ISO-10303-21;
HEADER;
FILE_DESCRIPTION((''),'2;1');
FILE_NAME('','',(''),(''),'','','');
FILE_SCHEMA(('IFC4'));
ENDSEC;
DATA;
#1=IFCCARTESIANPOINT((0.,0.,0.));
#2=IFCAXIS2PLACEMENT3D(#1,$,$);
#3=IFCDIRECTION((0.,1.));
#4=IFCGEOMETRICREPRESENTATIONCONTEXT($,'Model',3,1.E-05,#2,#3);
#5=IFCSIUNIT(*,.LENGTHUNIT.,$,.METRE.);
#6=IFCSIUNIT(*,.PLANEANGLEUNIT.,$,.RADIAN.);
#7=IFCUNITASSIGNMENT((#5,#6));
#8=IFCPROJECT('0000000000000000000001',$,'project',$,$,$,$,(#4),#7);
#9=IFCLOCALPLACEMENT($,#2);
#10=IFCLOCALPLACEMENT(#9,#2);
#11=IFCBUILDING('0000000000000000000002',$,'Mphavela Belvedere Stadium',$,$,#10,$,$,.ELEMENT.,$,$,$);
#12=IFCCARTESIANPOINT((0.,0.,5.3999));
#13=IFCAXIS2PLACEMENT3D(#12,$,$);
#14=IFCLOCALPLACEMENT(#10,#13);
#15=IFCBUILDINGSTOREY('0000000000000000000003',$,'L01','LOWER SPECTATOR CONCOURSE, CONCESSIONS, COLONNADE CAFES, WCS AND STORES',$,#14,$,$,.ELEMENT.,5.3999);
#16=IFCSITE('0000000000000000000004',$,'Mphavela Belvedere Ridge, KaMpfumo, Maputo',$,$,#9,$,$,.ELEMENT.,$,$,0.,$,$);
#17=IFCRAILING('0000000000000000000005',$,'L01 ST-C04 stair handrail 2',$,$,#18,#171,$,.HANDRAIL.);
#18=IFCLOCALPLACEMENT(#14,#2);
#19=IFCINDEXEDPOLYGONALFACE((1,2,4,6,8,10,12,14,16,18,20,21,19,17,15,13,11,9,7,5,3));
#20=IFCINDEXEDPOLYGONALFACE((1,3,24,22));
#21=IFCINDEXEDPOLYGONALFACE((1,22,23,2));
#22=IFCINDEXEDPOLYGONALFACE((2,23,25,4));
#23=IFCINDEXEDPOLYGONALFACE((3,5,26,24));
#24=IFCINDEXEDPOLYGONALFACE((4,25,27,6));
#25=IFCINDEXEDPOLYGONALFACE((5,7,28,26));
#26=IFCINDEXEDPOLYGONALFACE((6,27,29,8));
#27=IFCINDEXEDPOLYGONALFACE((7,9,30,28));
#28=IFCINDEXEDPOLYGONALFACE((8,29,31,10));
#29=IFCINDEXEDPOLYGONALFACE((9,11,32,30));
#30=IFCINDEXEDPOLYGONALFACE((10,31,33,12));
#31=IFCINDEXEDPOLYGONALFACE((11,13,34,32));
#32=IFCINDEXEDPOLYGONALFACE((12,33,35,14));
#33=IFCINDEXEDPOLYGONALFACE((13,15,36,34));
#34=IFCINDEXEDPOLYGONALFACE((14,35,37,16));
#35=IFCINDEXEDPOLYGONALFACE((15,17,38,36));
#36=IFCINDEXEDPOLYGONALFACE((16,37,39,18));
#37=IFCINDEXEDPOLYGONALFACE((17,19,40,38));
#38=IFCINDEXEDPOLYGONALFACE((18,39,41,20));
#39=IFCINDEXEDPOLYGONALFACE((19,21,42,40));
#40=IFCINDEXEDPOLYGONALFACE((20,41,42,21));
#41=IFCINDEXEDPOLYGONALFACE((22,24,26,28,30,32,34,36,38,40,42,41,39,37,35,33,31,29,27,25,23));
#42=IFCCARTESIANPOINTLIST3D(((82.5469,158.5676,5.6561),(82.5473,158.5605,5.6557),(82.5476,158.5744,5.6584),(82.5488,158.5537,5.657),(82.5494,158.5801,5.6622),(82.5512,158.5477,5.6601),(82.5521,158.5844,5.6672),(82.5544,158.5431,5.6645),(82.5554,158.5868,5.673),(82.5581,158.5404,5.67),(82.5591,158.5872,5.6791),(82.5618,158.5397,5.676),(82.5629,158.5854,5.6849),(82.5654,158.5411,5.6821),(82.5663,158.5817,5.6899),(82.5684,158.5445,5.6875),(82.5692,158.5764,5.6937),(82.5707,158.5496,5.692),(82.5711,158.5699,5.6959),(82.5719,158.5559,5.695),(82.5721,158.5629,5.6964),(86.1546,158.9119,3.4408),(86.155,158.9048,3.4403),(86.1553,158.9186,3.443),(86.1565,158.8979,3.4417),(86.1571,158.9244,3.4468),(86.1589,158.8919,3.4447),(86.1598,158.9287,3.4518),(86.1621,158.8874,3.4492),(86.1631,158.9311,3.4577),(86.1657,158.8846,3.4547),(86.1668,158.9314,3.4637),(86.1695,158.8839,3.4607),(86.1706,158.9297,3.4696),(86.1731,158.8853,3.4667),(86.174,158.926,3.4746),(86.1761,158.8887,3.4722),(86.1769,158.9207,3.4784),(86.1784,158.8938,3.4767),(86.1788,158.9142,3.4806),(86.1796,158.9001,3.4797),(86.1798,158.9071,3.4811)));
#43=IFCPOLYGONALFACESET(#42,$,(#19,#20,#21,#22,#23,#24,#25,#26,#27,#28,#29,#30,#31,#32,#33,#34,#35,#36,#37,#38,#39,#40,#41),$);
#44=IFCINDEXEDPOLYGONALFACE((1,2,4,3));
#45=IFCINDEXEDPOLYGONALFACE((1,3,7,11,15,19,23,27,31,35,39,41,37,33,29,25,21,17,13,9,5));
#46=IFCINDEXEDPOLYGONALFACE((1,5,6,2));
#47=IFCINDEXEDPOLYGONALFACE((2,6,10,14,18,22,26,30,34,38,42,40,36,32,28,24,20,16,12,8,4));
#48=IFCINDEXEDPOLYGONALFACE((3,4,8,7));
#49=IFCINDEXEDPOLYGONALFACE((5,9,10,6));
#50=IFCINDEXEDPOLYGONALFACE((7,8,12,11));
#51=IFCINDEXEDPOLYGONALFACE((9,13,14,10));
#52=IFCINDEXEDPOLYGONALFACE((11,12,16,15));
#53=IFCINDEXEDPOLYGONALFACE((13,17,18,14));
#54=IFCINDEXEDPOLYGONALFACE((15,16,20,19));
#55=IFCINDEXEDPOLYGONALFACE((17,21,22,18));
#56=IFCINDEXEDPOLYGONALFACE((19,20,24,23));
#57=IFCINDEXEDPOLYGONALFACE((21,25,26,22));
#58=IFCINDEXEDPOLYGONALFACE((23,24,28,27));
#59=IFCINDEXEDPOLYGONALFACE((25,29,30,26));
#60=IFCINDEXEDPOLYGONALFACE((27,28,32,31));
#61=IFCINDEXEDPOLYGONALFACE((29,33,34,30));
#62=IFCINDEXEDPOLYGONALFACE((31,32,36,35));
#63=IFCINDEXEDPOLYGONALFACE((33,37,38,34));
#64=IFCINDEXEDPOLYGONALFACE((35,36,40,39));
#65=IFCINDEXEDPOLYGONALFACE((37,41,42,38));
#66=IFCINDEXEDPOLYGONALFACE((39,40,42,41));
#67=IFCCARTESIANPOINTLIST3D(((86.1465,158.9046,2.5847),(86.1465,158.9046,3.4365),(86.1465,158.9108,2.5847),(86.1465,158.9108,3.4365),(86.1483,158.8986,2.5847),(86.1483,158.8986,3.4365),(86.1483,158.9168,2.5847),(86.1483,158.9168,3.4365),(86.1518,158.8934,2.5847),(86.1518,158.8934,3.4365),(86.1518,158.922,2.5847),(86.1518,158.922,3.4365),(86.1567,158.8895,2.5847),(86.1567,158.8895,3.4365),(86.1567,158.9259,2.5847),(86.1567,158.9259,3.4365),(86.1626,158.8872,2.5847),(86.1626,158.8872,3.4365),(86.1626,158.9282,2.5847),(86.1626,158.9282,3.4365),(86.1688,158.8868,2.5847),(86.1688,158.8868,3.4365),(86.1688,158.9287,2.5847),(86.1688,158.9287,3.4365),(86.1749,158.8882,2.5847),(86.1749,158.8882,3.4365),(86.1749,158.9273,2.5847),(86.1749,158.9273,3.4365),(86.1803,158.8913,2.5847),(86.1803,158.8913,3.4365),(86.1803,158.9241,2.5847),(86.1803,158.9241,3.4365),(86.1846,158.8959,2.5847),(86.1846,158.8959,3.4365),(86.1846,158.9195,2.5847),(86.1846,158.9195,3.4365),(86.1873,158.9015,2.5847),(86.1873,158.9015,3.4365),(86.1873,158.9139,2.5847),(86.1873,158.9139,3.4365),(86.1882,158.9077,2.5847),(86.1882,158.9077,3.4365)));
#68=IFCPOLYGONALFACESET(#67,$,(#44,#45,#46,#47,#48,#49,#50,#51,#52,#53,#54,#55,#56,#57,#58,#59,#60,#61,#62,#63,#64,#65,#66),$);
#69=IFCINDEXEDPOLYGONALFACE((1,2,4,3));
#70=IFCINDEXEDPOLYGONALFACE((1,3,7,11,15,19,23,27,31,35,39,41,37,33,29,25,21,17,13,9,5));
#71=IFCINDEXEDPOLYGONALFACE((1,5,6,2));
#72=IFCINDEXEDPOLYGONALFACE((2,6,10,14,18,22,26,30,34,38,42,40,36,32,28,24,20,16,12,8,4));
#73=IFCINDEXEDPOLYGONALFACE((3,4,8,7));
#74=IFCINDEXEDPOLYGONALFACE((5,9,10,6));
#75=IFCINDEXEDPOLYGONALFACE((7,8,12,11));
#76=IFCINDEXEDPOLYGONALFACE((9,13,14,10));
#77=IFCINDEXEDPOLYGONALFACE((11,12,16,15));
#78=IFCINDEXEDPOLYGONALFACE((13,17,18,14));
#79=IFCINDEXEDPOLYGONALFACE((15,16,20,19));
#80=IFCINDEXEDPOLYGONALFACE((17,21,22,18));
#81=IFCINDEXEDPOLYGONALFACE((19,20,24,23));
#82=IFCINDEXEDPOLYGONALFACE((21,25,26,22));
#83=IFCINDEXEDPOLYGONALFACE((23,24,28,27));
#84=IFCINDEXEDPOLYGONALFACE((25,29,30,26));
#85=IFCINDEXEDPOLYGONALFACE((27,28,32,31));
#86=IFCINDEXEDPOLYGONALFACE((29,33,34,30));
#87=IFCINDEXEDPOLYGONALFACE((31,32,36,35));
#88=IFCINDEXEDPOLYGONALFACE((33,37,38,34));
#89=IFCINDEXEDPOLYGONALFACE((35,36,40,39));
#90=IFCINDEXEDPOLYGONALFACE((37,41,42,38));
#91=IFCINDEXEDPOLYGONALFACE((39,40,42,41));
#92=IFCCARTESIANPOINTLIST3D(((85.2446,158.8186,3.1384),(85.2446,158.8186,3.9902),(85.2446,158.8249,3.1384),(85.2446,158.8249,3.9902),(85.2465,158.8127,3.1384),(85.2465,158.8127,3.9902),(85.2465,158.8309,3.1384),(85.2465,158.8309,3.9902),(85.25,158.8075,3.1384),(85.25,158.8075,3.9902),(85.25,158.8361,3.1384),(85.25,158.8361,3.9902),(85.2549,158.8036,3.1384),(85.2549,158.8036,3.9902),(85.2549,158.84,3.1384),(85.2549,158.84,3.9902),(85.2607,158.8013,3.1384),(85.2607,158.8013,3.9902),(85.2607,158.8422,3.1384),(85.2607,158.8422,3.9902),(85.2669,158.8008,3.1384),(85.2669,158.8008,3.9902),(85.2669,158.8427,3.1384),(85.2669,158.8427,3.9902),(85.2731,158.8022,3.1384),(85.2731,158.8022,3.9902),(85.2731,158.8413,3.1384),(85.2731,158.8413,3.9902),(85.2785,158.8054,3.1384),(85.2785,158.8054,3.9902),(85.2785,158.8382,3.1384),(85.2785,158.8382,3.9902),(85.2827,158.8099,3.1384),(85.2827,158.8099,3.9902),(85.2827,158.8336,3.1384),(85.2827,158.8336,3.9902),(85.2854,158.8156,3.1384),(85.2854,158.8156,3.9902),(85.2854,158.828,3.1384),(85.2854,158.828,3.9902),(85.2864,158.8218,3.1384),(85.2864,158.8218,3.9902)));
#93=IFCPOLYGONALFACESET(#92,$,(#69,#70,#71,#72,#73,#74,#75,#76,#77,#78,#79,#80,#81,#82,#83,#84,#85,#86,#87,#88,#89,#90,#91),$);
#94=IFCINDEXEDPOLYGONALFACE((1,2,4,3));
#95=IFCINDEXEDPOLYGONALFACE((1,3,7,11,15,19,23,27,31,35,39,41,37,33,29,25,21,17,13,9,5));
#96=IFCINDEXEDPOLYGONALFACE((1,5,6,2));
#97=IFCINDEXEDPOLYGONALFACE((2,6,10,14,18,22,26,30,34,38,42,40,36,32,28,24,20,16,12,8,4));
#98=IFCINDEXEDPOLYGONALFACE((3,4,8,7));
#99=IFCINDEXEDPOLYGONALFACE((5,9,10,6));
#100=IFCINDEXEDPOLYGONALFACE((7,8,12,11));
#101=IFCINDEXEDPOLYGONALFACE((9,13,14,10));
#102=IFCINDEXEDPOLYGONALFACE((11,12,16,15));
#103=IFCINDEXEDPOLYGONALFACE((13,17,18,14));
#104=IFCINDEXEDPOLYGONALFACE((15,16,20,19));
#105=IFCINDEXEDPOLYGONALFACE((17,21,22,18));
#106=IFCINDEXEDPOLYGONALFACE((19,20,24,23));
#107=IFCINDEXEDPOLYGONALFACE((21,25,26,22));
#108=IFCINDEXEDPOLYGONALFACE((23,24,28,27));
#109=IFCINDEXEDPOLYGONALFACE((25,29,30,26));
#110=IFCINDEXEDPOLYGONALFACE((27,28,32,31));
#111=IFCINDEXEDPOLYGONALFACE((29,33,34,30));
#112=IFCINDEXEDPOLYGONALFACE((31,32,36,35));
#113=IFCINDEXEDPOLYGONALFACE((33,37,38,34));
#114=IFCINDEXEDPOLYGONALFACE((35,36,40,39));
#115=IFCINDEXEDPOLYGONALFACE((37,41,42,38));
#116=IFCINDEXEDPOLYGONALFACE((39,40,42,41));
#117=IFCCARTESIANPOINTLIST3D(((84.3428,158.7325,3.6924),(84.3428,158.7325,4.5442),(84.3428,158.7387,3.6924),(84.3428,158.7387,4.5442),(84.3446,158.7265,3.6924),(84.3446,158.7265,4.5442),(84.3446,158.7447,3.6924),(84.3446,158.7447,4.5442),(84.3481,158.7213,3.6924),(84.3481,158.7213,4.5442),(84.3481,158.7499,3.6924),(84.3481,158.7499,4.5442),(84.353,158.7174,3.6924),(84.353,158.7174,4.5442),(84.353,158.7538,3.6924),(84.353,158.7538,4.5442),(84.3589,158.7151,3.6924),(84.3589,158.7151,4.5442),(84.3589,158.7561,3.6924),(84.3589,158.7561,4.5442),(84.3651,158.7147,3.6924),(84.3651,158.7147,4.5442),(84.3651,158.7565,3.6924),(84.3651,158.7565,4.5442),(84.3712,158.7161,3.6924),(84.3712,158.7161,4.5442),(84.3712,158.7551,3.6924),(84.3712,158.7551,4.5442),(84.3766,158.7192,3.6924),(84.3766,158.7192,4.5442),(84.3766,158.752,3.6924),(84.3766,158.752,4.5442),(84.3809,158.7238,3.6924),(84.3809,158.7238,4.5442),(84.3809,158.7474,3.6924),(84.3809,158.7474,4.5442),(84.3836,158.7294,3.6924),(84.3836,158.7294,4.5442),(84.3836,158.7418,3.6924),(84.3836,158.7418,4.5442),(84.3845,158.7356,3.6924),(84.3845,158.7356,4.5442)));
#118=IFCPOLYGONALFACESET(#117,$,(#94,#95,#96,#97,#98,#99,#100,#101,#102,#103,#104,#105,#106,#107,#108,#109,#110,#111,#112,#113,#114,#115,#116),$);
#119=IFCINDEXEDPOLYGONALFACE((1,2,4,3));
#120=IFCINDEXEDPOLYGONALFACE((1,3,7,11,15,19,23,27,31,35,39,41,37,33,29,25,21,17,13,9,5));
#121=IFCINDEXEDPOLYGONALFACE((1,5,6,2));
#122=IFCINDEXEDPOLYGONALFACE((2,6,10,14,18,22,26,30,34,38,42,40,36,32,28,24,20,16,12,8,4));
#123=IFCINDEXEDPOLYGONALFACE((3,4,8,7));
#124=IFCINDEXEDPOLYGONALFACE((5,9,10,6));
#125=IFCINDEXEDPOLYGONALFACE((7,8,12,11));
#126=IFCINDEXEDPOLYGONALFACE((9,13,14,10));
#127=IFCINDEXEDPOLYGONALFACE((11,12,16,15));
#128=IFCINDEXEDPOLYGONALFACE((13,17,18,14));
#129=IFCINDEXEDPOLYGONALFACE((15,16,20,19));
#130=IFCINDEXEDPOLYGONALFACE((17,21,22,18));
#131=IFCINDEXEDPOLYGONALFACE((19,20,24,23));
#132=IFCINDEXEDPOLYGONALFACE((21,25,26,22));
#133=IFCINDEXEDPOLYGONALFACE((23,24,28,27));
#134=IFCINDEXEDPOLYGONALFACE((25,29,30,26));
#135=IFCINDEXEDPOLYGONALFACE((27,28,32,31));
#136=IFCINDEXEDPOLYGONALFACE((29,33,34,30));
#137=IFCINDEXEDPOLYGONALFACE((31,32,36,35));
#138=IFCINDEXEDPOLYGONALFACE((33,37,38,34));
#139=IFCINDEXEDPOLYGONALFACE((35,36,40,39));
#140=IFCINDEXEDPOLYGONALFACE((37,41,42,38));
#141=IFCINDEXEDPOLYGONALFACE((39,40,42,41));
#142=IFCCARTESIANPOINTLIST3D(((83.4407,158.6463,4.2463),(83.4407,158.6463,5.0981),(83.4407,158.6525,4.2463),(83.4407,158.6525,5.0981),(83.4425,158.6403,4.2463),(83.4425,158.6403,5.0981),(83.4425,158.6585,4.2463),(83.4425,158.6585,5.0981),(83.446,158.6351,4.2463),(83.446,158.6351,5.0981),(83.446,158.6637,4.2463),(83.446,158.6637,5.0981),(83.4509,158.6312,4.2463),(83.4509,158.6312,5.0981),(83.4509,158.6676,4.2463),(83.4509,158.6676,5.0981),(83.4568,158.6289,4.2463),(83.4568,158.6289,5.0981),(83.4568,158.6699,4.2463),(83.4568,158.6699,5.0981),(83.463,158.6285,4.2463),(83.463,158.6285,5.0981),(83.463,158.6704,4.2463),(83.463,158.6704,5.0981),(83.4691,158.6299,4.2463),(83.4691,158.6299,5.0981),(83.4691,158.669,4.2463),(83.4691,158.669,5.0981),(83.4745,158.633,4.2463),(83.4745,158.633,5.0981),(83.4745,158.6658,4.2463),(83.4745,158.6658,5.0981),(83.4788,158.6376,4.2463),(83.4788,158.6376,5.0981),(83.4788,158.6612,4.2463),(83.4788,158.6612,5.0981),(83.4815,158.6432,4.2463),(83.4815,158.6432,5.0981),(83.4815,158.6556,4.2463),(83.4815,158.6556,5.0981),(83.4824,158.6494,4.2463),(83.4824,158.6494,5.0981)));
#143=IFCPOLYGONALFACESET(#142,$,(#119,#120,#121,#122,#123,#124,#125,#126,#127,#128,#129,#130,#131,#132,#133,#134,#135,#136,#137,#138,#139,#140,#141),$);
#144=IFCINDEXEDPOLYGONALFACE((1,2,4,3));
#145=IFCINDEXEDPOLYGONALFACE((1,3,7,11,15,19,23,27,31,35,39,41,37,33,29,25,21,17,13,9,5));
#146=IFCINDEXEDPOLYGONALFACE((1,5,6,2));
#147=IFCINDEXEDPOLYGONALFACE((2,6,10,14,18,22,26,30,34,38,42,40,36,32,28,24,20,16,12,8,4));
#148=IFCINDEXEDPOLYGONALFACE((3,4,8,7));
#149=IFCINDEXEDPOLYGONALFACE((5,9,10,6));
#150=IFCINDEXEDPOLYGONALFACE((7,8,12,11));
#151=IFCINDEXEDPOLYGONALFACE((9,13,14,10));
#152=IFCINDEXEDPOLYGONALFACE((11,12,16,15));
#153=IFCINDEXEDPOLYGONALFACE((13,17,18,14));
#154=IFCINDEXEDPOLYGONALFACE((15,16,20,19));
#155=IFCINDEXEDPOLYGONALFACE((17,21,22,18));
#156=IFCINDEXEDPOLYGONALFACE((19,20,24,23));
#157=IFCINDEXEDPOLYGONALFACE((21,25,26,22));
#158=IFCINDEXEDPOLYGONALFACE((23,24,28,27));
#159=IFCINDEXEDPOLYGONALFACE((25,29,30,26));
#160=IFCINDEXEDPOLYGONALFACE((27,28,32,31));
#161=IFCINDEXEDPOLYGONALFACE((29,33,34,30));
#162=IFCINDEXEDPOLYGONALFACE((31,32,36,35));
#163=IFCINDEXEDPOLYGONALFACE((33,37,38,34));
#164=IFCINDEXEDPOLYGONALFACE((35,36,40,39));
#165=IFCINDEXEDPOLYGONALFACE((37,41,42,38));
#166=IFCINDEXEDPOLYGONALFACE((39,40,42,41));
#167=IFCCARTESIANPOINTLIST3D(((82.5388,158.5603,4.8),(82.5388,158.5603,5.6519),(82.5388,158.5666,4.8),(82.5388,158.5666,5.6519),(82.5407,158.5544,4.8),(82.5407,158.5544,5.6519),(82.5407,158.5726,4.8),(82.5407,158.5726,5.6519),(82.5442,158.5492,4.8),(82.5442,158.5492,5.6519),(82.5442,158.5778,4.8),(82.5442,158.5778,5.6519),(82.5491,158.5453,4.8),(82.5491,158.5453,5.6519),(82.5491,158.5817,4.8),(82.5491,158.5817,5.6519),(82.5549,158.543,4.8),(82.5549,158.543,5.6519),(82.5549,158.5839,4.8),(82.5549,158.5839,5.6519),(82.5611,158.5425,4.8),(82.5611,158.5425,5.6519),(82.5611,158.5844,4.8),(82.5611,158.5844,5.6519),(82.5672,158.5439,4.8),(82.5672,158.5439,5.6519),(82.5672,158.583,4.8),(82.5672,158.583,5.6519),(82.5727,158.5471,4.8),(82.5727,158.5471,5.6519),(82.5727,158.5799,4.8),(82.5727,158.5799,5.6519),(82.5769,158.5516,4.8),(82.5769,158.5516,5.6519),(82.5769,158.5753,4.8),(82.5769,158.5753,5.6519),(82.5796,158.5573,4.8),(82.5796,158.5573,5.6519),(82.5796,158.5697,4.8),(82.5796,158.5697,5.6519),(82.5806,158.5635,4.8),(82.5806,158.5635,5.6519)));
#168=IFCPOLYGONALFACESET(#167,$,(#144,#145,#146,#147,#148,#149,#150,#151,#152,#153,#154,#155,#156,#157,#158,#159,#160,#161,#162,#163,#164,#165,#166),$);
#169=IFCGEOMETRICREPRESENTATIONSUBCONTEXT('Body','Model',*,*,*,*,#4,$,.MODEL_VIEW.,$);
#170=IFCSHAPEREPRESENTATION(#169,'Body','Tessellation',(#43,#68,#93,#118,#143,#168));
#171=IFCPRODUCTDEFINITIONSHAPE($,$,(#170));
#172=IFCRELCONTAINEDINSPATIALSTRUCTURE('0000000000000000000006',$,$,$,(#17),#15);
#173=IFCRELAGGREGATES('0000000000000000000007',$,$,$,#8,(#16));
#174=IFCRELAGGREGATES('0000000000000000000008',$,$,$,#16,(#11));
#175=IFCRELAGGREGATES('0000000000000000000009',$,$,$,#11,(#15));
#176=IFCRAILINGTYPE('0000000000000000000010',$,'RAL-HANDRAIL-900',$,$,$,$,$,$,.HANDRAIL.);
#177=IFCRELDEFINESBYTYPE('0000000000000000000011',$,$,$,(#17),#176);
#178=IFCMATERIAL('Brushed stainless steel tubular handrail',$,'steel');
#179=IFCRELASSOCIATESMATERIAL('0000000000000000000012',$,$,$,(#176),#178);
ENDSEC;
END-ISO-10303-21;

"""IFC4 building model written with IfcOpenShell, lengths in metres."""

from ifc_helpers import new_model, si_unit, direction, frame, origin, origin_2d, place, context, subcontext, project, spatial, circle, extrude, material, type_object, element, save


model = new_model("IFC4")

# Units and contexts
model_context = context("Model", 3, precision=1e-05, world=origin(), true_north=direction((0.0, 1.0)))
body_context = subcontext(model_context, "Body", "Model", "MODEL_VIEW")
ifc_project = project(units=[si_unit("LENGTHUNIT", "METRE"), si_unit("PLANEANGLEUNIT", "RADIAN")], contexts=[model_context])

# Site, building, storey
site_placement = place(None, origin())
site = spatial("IfcSite", under=ifc_project, at=site_placement, Name="Mphavela Belvedere Ridge, KaMpfumo, Maputo", CompositionType="ELEMENT", RefElevation=0.0)
building_placement = place(site_placement, origin())
building = spatial("IfcBuilding", under=site, at=building_placement, Name="Mphavela Belvedere Stadium", CompositionType="ELEMENT")
storey_placement = place(building_placement, frame((0.0, 0.0, 5.3999)))
storey = spatial("IfcBuildingStorey", under=building, at=storey_placement, Name="L01", Description="LOWER SPECTATOR CONCOURSE, CONCESSIONS, COLONNADE CAFES, WCS AND STORES", CompositionType="ELEMENT", Elevation=5.3999)

# Railing
ifc_material_1 = material(Name="Brushed stainless steel tubular handrail", Category="steel")
railing_type = type_object("IfcRailingType", Name="RAL-HANDRAIL-900", PredefinedType="HANDRAIL", material=ifc_material_1)
railing_placement = place(storey_placement, frame((86.1672, 158.9077, 2.5847)))
element("IfcRailing", 1, at=railing_placement, inside=storey, type_object=railing_type, Name="L01 ST-C04 stair handrail 2", PredefinedType="HANDRAIL", context=body_context, shape_type="SweptSolid", body=[
    extrude(circle(Radius=0.0239, at=origin_2d()), frame((0.0, 0.0, 0.876), z_axis=(-0.849358, -0.081044, 0.521559), x_axis=(0.094987, -0.995479, 0.0)), (0.0, 0.0, 1.0), 4.2476),
    extrude(circle(Radius=0.021, at=origin_2d()), origin(), (0.0, 0.0, 1.0), 0.8518),
    extrude(circle(Radius=0.021, at=origin_2d()), frame((-0.9019, -0.0859, 0.5537)), (0.0, 0.0, 1.0), 0.8518),
    extrude(circle(Radius=0.021, at=origin_2d()), frame((-1.8037, -0.1721, 1.1077)), (0.0, 0.0, 1.0), 0.8518),
    extrude(circle(Radius=0.021, at=origin_2d()), frame((-2.7058, -0.2583, 1.6616)), (0.0, 0.0, 1.0), 0.8518),
    extrude(circle(Radius=0.021, at=origin_2d()), frame((-3.6077, -0.3442, 2.2153)), (0.0, 0.0, 1.0), 0.8518),
])

save(model, "model.ifc")
